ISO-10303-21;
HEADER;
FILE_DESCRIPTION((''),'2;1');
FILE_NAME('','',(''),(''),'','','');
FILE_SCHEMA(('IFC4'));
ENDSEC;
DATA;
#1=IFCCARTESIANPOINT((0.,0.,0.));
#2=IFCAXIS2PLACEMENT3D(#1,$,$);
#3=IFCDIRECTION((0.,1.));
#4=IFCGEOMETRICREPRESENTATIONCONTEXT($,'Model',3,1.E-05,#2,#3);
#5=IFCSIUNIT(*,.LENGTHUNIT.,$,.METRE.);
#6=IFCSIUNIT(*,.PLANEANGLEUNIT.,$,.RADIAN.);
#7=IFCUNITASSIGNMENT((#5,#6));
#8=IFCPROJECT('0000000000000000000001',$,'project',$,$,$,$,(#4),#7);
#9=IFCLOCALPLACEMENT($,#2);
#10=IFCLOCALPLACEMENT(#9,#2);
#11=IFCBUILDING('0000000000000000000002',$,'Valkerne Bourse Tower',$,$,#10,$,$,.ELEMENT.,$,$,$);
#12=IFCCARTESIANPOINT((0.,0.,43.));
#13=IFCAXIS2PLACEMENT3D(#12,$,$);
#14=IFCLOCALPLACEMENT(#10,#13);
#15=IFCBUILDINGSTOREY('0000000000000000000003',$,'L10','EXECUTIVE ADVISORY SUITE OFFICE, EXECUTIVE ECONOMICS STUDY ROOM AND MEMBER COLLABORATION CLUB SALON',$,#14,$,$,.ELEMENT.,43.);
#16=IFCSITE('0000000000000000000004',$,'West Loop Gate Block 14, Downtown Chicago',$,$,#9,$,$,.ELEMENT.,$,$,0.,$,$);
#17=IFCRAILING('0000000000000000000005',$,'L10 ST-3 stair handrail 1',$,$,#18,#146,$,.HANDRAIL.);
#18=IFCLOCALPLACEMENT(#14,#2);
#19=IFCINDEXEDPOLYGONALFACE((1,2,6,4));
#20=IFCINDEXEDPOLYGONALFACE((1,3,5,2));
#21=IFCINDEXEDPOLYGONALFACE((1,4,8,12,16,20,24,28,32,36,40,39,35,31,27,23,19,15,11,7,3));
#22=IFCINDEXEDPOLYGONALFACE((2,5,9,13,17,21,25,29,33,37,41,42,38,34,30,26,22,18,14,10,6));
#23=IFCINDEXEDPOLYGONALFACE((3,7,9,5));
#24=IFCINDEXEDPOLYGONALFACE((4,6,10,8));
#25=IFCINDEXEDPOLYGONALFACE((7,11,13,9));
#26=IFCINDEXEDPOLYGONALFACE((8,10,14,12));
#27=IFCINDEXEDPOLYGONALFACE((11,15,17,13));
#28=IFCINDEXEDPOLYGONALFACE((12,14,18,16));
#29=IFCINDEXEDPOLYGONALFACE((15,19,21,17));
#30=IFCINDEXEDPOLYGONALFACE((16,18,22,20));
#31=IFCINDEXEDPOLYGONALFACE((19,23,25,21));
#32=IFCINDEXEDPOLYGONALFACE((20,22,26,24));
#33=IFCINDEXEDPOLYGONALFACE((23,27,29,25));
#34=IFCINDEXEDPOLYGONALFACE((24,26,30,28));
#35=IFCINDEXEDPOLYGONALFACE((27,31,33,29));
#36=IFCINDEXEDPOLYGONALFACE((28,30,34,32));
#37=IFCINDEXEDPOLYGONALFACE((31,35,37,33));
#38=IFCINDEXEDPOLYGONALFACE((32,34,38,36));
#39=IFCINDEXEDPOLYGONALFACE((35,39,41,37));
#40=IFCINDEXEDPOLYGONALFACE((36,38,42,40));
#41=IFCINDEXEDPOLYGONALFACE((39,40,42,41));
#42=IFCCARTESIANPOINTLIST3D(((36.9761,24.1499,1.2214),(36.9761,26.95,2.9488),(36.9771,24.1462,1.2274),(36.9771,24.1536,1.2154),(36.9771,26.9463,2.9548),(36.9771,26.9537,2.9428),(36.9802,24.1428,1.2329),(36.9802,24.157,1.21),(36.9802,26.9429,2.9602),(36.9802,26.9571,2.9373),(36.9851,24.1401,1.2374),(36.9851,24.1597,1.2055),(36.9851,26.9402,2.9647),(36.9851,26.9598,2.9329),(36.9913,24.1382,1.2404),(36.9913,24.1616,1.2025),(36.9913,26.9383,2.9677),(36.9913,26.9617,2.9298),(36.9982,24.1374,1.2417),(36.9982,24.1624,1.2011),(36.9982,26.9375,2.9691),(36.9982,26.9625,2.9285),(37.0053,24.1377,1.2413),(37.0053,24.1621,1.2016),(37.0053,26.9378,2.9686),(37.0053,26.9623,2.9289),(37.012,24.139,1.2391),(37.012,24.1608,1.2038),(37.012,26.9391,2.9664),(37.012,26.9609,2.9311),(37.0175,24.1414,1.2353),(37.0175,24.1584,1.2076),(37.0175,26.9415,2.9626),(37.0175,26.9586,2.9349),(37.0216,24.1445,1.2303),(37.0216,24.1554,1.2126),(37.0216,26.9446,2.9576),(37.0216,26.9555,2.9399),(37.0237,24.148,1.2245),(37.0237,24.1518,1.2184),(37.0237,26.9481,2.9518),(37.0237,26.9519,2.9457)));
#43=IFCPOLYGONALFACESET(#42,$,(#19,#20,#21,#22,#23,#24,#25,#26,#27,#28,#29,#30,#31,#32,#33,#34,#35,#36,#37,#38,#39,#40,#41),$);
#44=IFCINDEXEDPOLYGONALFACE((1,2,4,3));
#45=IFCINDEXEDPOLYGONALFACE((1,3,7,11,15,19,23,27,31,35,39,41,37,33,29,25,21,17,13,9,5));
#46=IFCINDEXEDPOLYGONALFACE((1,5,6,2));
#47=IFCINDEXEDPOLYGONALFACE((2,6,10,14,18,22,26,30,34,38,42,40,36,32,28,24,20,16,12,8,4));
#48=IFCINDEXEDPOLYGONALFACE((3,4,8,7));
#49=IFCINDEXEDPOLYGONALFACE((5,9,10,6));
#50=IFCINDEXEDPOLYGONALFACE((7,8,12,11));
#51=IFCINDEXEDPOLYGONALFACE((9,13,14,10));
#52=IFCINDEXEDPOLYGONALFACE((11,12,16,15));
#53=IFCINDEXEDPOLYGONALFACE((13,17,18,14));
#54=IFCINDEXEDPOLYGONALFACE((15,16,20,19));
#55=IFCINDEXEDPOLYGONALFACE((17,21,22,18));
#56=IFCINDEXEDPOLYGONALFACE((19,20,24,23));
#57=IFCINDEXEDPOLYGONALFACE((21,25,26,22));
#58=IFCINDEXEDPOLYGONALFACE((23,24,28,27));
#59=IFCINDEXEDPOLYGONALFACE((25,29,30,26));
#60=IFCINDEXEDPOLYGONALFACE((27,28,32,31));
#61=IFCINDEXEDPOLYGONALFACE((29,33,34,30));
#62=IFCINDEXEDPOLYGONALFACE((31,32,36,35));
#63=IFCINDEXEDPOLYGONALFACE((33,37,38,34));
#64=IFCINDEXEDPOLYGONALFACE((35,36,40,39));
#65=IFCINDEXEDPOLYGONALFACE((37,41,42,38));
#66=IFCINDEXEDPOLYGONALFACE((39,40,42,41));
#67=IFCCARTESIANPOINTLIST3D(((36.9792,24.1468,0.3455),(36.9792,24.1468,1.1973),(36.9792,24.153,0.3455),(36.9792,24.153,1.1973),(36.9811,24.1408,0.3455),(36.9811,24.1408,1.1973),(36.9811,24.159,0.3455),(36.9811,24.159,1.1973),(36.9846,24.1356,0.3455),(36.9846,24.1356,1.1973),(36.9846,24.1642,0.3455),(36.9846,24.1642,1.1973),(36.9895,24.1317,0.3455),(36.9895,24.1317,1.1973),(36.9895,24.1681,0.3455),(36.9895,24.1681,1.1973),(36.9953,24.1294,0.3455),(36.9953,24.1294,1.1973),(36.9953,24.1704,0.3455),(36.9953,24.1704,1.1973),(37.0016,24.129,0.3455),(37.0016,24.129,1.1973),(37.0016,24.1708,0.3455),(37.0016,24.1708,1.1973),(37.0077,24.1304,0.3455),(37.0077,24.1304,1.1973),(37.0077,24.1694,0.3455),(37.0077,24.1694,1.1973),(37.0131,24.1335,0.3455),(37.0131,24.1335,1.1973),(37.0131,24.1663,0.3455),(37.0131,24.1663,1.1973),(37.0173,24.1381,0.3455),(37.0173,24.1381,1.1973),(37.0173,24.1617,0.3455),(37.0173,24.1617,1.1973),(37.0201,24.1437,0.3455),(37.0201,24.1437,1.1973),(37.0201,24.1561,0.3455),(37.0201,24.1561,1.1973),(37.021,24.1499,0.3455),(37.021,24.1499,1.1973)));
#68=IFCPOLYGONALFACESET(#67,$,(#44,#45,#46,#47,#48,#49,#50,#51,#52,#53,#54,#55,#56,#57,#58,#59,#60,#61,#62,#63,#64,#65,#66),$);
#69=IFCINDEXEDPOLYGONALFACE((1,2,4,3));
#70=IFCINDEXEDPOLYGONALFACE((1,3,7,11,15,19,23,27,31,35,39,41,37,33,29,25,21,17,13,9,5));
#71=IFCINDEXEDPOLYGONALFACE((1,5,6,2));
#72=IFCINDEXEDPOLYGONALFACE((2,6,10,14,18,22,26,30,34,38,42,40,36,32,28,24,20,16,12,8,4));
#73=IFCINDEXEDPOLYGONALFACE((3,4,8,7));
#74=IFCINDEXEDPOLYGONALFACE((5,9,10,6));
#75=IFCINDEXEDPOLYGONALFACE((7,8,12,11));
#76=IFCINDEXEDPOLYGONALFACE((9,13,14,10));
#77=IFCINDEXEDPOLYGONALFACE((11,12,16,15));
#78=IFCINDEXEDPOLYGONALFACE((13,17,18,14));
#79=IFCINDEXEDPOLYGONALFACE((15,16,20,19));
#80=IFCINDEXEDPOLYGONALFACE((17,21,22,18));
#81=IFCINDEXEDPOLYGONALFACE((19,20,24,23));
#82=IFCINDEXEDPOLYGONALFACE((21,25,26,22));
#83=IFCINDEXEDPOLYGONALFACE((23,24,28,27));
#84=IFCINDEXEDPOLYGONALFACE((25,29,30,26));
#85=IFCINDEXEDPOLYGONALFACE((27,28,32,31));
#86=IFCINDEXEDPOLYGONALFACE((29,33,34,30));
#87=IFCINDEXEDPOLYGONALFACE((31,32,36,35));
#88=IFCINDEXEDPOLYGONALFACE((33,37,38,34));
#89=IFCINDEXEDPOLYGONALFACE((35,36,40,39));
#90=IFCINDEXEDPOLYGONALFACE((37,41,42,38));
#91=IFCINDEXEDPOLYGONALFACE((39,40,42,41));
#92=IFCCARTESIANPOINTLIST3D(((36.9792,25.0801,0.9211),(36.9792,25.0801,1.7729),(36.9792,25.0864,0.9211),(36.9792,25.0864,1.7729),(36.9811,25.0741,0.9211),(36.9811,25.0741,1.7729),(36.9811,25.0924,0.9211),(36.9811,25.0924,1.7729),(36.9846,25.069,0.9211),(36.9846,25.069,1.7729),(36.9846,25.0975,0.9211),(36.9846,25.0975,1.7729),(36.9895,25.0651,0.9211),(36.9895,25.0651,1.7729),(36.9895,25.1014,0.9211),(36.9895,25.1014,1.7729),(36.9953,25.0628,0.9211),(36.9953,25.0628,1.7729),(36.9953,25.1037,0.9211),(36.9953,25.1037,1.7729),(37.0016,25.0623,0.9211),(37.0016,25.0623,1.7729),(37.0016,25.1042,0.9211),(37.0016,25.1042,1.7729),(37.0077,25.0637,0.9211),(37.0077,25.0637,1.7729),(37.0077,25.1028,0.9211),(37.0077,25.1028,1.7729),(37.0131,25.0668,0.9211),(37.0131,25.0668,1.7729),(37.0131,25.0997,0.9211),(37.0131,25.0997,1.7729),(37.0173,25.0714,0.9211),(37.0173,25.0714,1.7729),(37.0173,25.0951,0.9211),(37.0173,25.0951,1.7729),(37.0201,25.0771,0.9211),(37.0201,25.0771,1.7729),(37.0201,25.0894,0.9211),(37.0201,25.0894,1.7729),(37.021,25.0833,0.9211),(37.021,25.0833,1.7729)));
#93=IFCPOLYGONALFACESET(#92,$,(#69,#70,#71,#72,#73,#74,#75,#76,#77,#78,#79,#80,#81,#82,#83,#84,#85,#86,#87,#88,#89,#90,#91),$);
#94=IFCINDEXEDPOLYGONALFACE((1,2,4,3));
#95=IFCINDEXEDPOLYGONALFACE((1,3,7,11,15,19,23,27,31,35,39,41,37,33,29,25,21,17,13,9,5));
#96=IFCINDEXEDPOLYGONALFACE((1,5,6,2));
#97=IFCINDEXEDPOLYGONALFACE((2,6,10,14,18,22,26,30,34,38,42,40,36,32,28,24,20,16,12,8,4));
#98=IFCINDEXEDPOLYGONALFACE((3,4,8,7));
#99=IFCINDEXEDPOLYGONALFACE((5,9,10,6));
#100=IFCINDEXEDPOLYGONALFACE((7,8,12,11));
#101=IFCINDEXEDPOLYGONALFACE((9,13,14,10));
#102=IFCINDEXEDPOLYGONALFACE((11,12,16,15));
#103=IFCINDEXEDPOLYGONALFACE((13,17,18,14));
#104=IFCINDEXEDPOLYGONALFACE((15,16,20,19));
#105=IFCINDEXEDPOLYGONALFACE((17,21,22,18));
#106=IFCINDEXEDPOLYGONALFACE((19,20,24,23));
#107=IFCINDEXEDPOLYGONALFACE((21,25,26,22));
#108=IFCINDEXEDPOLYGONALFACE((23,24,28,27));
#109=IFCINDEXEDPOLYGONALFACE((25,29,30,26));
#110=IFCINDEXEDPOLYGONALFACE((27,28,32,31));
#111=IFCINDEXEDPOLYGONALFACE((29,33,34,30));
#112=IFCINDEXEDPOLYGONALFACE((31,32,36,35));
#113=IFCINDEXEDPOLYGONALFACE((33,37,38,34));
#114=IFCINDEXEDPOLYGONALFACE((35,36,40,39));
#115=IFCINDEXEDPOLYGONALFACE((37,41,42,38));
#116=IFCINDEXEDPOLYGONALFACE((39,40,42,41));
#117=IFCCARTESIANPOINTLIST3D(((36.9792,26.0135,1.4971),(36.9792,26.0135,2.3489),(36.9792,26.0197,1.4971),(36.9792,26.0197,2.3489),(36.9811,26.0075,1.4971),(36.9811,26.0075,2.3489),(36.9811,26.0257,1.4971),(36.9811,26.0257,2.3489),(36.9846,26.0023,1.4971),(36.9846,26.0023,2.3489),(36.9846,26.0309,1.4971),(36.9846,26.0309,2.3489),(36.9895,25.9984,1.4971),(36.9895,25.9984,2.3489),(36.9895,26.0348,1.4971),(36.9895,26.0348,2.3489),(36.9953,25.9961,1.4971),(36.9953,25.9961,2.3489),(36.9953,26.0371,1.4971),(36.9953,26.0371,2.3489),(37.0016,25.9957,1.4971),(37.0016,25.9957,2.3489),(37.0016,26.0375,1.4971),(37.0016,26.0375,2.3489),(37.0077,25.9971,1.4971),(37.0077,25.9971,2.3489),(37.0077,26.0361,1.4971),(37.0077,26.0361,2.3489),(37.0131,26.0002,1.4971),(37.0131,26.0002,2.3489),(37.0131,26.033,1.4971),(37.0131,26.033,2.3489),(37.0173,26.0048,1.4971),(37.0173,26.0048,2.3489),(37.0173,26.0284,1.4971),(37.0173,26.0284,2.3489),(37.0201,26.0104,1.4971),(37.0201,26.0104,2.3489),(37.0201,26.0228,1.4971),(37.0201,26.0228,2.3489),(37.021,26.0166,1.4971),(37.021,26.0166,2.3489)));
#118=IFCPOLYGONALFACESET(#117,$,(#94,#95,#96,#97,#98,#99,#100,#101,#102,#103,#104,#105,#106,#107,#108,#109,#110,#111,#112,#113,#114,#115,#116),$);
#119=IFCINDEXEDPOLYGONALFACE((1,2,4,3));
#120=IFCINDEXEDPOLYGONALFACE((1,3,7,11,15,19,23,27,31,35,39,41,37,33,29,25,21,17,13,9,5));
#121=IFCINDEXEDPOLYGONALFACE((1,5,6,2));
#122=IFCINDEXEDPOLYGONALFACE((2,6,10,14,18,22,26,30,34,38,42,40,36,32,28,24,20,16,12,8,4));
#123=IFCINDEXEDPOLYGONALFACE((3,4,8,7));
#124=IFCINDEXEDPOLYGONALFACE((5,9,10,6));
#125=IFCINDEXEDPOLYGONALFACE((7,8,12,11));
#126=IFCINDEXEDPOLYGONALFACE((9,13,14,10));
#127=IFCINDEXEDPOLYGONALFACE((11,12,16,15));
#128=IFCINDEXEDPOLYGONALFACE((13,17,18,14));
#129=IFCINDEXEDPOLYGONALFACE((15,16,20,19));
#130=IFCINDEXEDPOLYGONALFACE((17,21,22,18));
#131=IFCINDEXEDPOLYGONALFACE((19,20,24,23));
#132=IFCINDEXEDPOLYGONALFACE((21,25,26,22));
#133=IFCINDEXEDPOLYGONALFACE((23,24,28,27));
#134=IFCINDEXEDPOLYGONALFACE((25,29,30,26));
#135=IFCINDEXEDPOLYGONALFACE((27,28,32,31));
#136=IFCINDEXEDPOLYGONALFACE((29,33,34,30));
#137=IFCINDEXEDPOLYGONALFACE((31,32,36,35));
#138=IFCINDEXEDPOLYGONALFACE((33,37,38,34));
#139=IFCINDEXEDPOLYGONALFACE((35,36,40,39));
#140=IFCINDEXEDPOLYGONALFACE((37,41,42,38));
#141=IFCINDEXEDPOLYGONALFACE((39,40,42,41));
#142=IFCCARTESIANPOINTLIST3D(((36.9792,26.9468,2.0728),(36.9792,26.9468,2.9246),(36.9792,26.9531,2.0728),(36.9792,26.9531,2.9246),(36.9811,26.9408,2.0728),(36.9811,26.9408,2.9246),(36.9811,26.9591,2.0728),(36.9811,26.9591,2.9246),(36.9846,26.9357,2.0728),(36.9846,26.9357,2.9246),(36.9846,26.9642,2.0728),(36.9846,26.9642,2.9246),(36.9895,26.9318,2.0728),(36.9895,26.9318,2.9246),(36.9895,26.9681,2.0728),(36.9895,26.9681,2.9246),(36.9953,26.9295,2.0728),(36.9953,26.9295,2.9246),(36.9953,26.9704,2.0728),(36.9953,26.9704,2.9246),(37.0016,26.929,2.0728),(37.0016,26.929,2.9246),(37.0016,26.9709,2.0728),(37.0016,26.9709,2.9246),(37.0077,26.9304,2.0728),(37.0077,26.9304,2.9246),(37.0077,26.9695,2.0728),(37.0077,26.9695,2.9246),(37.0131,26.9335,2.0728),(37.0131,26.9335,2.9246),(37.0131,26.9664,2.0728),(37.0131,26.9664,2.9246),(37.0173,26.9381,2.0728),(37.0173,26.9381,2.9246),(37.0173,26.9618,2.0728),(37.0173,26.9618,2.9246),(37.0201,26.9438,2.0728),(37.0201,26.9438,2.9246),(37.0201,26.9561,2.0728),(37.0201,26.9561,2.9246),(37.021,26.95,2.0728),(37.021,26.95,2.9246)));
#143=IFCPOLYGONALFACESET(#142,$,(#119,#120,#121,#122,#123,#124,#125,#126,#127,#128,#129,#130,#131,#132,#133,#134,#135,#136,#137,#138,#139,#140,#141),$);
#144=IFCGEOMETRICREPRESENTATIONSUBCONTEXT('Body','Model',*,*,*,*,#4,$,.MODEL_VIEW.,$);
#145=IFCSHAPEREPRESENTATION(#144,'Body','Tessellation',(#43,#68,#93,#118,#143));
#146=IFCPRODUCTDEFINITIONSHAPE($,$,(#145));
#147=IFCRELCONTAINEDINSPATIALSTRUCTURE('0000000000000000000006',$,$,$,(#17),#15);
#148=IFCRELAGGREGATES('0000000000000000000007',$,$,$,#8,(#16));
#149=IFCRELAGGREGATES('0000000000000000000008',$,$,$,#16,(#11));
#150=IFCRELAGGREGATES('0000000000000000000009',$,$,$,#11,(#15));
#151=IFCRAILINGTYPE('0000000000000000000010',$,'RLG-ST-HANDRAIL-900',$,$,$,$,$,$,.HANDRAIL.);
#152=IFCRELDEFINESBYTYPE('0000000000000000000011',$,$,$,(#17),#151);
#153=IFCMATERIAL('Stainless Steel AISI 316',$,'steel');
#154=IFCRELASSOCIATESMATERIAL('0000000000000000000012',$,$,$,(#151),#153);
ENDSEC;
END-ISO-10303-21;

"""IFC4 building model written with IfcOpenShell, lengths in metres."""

from ifc_helpers import new_model, si_unit, direction, frame, origin, origin_2d, place, context, subcontext, project, spatial, circle, extrude, material, type_object, element, save


model = new_model("IFC4")

# Units and contexts
model_context = context("Model", 3, precision=1e-05, world=origin(), true_north=direction((0.0, 1.0)))
body_context = subcontext(model_context, "Body", "Model", "MODEL_VIEW")
ifc_project = project(units=[si_unit("LENGTHUNIT", "METRE"), si_unit("PLANEANGLEUNIT", "RADIAN")], contexts=[model_context])

# Site, building, storey
site_placement = place(None, origin())
site = spatial("IfcSite", under=ifc_project, at=site_placement, Name="West Loop Gate Block 14, Downtown Chicago", CompositionType="ELEMENT", RefElevation=0.0)
building_placement = place(site_placement, origin())
building = spatial("IfcBuilding", under=site, at=building_placement, Name="Valkerne Bourse Tower", CompositionType="ELEMENT")
storey_placement = place(building_placement, frame((0.0, 0.0, 43.0)))
storey = spatial("IfcBuildingStorey", under=building, at=storey_placement, Name="L10", Description="EXECUTIVE ADVISORY SUITE OFFICE, EXECUTIVE ECONOMICS STUDY ROOM AND MEMBER COLLABORATION CLUB SALON", CompositionType="ELEMENT", Elevation=43.0)

# Railing
ifc_material_1 = material(Name="Stainless Steel AISI 316", Category="steel")
railing_type_1 = type_object("IfcRailingType", Name="RLG-ST-HANDRAIL-900", PredefinedType="HANDRAIL", material=ifc_material_1)
railing_1_placement = place(storey_placement, frame((37.0, 24.1499, 0.3455)))
element("IfcRailing", 1, at=railing_1_placement, inside=storey, type_object=railing_type_1, Name="L10 ST-3 stair handrail 1", PredefinedType="HANDRAIL", context=body_context, shape_type="SweptSolid", body=[
    extrude(circle(Radius=0.0239, at=origin_2d()), frame((0.0, 0.0, 0.876), z_axis=(0.0, 0.85109, 0.52502), x_axis=(-1.0, 0.0, 0.0)), (0.0, 0.0, 1.0), 3.29),
    extrude(circle(Radius=0.021, at=origin_2d()), origin(), (0.0, 0.0, 1.0), 0.8518),
    extrude(circle(Radius=0.021, at=origin_2d()), frame((0.0, 0.9333, 0.5757)), (0.0, 0.0, 1.0), 0.8518),
    extrude(circle(Radius=0.021, at=origin_2d()), frame((0.0, 1.8667, 1.1516)), (0.0, 0.0, 1.0), 0.8518),
    extrude(circle(Radius=0.021, at=origin_2d()), frame((0.0, 2.8, 1.7273)), (0.0, 0.0, 1.0), 0.8518),
])

save(model, "model.ifc")
